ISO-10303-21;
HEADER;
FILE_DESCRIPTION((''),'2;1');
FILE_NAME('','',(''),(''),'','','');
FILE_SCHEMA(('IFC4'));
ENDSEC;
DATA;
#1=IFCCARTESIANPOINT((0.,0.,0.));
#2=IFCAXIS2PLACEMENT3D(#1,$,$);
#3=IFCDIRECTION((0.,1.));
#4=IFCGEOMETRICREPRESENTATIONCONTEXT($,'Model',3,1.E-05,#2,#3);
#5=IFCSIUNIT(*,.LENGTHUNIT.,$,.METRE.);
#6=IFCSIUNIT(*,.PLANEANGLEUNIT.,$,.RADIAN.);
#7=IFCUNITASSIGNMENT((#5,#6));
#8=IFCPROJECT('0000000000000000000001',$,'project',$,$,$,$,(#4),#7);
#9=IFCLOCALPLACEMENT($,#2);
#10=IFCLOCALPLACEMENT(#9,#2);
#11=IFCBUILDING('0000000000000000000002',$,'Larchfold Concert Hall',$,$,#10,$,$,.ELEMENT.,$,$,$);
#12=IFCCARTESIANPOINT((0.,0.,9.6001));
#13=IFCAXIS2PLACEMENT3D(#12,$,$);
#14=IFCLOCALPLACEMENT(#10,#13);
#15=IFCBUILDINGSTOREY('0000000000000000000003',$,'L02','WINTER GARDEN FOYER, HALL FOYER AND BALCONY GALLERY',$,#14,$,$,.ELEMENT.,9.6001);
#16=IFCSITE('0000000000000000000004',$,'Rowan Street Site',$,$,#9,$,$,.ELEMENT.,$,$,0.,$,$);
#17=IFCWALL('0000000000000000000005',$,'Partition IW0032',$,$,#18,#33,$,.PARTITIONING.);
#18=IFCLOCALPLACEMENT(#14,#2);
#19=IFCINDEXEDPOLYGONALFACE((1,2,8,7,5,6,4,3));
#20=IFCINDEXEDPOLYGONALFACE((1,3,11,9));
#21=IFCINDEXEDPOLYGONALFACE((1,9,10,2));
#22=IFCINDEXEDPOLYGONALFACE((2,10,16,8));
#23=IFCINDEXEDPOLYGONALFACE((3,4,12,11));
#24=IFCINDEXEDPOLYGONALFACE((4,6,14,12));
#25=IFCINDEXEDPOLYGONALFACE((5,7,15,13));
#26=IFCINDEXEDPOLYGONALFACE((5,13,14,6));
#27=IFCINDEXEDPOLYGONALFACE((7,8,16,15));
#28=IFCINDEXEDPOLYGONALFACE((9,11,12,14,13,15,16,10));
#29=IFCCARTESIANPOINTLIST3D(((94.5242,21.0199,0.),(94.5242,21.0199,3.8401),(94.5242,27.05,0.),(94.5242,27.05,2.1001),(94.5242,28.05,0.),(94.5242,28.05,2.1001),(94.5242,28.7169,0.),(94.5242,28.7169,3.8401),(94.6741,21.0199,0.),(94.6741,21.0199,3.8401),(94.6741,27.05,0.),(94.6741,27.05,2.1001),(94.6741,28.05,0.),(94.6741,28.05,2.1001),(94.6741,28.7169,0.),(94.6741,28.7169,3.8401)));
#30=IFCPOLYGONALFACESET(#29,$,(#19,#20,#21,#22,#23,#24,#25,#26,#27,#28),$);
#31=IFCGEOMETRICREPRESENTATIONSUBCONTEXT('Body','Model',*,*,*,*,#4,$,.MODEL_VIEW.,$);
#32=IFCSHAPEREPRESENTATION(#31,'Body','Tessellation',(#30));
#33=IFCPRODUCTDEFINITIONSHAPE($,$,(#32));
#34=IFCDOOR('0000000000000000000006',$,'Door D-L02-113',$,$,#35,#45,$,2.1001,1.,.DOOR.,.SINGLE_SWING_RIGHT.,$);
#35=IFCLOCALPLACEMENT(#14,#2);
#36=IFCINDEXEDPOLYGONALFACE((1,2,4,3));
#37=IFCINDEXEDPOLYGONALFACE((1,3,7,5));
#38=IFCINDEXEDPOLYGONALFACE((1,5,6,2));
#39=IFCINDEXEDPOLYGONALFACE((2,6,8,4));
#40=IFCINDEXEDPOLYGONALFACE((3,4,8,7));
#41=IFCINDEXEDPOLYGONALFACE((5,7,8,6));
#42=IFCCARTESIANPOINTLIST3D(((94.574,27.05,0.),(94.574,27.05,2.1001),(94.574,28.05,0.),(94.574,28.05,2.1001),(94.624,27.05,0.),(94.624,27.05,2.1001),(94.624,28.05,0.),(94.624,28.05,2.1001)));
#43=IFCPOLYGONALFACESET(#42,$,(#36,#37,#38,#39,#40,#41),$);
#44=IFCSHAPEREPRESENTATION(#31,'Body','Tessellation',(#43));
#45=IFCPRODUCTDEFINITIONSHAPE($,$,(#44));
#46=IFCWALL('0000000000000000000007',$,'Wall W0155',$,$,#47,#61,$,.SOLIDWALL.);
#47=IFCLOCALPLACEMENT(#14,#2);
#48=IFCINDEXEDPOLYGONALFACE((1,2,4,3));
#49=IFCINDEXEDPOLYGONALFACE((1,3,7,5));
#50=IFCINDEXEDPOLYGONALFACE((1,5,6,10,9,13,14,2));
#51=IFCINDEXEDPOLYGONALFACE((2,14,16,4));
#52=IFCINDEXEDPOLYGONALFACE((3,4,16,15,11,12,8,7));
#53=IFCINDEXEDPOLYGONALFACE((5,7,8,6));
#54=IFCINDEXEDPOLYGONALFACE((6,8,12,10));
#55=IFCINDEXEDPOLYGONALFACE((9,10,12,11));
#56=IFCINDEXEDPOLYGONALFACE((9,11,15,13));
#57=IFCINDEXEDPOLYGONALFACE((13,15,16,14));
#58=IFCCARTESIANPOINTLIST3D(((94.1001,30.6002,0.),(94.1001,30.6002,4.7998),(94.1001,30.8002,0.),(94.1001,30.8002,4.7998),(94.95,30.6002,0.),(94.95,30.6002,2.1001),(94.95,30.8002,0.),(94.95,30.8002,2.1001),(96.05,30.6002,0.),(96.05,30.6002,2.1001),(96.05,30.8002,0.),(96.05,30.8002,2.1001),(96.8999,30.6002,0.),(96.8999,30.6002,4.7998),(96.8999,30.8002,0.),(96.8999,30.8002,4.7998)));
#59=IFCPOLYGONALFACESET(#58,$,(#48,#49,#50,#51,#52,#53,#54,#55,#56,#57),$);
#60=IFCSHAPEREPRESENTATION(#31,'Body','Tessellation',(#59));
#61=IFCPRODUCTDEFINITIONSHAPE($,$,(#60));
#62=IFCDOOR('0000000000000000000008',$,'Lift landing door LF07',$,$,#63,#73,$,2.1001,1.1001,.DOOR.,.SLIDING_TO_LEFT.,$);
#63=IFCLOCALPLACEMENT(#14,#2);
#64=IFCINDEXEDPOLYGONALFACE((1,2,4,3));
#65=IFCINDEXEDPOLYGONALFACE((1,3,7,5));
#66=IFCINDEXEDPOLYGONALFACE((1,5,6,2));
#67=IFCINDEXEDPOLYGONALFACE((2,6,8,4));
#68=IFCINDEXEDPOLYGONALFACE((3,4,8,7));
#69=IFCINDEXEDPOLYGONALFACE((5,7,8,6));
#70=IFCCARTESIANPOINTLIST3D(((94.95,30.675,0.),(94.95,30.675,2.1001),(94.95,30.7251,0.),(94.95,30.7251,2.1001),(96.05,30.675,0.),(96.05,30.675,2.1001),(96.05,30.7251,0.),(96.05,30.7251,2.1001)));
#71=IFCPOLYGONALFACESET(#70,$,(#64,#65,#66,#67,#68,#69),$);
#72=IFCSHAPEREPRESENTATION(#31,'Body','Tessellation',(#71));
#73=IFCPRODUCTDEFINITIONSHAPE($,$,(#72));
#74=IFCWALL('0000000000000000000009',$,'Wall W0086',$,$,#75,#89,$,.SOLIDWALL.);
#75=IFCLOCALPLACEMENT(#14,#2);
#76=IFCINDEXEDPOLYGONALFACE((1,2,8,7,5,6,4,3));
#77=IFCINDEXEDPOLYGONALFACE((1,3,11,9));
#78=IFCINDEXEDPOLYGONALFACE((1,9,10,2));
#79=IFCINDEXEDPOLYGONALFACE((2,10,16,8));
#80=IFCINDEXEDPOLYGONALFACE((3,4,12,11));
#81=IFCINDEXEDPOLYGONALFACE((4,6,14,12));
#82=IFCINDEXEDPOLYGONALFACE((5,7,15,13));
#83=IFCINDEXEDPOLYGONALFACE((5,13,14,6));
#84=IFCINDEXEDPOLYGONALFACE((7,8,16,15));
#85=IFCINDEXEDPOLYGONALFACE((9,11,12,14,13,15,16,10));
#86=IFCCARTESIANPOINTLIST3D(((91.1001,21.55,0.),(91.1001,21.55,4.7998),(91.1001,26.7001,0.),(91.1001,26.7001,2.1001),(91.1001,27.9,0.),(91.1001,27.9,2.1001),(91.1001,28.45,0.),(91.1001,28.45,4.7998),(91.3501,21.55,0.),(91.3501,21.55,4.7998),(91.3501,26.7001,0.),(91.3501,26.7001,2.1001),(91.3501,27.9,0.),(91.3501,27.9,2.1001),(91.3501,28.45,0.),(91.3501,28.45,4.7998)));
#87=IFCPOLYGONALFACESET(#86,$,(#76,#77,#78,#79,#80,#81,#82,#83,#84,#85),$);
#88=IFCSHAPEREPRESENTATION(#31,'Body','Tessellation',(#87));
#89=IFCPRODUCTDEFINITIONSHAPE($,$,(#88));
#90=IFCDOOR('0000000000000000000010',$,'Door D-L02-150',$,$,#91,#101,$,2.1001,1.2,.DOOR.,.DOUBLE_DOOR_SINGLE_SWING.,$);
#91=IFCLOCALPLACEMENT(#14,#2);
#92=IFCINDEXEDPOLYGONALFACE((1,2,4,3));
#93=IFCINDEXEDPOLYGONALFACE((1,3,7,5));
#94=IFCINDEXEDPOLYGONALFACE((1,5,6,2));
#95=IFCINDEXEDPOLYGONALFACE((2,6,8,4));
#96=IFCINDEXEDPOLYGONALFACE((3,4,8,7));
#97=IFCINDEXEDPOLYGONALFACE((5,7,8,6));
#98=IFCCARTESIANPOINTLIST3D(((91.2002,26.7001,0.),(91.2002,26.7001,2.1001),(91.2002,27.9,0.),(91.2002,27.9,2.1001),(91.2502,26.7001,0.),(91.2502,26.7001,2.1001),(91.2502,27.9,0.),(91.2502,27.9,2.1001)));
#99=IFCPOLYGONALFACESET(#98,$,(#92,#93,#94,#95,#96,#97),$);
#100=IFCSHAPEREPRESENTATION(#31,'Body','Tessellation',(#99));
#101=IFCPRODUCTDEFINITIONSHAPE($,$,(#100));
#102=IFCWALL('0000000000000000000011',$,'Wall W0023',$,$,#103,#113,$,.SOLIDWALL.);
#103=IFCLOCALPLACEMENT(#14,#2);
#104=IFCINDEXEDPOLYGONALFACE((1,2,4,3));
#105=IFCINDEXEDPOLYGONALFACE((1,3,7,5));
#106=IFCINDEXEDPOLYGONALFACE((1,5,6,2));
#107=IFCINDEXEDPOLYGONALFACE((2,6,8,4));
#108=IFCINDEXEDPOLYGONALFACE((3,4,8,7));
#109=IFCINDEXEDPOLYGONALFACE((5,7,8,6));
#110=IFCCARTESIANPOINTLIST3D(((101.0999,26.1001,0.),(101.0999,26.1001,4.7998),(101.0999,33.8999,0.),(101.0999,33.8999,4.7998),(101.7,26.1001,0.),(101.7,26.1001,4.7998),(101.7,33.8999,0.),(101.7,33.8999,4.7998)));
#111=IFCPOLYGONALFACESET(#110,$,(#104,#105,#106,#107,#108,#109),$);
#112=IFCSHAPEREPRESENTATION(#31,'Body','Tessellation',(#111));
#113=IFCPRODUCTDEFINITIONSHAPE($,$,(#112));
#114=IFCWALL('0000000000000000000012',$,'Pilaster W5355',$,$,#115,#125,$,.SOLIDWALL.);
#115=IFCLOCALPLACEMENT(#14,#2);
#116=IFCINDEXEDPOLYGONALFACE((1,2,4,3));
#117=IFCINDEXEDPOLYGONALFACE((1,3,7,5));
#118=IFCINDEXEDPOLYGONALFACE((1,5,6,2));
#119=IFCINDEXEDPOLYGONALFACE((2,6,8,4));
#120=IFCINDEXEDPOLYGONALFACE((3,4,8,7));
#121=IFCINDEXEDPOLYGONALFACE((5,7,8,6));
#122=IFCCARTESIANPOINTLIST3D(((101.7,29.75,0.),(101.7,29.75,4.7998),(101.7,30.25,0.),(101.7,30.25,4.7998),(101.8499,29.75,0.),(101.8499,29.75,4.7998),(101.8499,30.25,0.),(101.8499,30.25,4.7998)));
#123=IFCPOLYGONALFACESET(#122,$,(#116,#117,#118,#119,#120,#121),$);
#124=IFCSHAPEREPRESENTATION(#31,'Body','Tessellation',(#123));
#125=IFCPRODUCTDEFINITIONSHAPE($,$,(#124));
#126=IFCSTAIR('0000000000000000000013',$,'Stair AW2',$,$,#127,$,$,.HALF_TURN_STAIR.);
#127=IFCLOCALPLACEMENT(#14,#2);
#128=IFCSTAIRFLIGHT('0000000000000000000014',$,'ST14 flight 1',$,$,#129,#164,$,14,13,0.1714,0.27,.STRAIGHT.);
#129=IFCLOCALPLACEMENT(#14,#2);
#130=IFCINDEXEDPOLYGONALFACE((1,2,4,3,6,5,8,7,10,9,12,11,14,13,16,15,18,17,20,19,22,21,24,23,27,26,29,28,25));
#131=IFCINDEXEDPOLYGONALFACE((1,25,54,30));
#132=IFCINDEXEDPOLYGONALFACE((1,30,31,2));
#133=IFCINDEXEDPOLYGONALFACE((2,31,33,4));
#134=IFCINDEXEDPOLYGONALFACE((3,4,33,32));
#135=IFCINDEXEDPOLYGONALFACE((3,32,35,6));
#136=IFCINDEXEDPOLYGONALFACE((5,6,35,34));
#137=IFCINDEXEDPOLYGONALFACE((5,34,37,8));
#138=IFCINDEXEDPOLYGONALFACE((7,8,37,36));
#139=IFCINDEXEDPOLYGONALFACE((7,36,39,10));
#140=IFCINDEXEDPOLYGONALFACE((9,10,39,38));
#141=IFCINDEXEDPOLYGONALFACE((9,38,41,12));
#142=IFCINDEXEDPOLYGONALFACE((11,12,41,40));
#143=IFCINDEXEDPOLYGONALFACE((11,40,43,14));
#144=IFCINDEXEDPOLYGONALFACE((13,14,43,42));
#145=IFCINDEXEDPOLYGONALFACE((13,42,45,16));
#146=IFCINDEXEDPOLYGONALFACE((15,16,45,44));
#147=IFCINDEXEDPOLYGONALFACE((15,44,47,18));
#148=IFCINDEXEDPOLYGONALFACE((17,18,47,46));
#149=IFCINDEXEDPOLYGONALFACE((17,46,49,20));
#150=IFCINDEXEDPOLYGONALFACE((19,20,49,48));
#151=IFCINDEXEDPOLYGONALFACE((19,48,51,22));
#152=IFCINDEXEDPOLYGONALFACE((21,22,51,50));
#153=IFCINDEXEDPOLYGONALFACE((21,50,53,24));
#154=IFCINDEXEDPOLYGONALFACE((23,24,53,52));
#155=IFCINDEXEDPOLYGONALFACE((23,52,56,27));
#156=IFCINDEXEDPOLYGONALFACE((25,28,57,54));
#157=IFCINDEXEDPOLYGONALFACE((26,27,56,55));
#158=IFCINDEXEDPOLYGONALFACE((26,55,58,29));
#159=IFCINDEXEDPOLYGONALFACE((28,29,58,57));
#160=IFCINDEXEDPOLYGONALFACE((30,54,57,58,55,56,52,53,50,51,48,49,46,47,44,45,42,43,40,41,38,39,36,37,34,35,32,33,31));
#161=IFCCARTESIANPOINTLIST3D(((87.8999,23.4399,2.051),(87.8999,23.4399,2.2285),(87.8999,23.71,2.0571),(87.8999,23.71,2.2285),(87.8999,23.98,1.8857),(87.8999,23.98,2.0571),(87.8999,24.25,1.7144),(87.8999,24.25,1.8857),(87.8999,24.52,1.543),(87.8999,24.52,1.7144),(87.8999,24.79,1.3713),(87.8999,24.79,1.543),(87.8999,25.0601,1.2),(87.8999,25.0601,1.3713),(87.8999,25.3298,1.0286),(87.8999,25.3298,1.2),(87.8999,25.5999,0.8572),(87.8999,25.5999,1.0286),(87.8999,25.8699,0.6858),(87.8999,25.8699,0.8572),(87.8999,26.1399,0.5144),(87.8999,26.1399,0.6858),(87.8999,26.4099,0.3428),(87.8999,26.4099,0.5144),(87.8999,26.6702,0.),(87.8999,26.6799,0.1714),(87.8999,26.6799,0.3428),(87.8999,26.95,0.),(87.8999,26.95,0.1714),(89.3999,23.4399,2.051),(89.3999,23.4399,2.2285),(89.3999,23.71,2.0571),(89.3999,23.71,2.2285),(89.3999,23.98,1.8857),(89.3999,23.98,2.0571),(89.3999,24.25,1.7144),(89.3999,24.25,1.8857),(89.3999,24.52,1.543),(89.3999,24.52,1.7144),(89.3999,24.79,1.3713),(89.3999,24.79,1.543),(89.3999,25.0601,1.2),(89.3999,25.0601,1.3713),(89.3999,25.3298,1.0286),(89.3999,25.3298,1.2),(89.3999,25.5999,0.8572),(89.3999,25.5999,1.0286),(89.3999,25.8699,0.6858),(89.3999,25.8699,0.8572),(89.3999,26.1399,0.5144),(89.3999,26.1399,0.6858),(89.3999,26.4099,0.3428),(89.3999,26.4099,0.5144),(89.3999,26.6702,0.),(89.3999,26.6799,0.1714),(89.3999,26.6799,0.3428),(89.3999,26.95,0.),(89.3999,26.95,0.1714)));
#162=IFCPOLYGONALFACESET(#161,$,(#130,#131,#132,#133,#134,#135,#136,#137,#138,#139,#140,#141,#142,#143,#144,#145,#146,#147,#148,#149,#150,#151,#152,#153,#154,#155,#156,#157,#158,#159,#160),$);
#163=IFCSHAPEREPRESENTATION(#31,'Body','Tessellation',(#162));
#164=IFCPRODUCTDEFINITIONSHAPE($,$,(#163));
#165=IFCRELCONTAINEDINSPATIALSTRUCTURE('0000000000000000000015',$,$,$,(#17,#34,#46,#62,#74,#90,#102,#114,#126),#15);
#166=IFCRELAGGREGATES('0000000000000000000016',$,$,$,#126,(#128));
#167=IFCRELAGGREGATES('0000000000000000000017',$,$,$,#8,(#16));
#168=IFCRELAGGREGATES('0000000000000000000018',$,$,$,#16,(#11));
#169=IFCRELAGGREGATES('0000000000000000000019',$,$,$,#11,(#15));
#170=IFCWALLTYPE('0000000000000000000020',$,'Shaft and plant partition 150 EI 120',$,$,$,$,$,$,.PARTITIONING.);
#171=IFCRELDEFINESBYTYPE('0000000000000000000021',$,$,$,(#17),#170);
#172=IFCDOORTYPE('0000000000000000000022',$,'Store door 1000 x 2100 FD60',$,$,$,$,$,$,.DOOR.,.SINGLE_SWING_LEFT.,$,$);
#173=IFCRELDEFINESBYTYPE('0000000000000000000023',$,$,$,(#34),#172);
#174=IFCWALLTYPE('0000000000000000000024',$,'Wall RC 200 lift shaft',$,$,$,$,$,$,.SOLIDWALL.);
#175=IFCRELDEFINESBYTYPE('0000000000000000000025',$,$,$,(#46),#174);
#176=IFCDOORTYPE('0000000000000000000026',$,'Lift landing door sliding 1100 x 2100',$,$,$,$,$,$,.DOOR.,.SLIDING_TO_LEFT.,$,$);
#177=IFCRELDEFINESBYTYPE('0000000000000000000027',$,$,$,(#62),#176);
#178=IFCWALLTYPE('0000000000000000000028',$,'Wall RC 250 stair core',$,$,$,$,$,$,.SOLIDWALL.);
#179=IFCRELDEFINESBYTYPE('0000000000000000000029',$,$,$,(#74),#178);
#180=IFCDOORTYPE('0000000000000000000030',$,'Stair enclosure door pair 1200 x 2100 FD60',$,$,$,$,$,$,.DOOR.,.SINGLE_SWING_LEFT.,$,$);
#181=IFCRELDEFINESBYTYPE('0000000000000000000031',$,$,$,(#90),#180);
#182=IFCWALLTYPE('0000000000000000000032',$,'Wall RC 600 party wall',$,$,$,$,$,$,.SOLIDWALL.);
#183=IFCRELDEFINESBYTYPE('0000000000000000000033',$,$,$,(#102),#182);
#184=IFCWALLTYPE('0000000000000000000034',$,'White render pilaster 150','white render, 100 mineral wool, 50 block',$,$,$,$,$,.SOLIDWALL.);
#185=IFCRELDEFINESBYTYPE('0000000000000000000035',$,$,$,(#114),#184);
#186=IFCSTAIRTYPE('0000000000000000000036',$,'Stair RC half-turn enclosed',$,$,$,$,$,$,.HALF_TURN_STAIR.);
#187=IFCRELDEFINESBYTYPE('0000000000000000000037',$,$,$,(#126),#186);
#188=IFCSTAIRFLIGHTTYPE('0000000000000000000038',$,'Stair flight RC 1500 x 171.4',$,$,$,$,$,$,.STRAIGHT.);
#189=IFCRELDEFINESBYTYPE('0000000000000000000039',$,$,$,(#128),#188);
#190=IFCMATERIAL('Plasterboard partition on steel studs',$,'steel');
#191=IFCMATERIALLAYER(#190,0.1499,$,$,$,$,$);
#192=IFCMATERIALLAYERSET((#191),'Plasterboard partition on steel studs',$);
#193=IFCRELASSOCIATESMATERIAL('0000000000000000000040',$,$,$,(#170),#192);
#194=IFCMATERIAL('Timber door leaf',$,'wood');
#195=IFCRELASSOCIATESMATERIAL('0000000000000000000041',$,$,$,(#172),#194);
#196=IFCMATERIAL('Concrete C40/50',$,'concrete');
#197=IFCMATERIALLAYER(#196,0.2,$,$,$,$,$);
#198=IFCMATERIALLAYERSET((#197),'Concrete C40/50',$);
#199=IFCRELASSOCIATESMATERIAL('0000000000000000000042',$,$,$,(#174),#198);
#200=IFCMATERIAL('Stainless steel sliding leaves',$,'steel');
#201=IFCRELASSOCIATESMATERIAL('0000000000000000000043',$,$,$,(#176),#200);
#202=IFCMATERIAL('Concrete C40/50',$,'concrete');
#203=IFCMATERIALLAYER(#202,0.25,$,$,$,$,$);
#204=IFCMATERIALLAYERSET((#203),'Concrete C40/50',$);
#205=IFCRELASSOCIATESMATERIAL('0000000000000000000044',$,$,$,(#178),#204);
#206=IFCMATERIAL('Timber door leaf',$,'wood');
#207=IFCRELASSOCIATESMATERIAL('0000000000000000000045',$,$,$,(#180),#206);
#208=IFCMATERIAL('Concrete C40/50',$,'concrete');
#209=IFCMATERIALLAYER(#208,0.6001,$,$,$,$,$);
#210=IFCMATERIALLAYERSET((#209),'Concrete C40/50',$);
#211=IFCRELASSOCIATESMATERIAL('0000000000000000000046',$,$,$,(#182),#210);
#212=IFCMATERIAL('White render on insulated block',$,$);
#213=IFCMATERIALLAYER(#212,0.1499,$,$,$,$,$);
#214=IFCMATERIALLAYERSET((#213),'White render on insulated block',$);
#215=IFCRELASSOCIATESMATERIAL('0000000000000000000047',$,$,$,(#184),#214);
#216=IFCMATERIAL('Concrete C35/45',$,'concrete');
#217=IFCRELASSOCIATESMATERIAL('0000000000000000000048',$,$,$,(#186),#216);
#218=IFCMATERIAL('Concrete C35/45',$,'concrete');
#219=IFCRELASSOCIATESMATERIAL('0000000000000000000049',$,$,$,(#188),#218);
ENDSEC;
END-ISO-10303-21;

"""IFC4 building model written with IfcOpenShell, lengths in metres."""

from ifc_helpers import new_model, si_unit, direction, frame, frame_2d, origin, place, context, subcontext, project, spatial, polyline, rectangle, outline, extrude, material, layer, layer_set, type_object, element, fill, aggregate, save


model = new_model("IFC4")

# Units and contexts
model_context = context("Model", 3, precision=1e-05, world=origin(), true_north=direction((0.0, 1.0)))
body_context = subcontext(model_context, "Body", "Model", "MODEL_VIEW")
ifc_project = project(units=[si_unit("LENGTHUNIT", "METRE"), si_unit("PLANEANGLEUNIT", "RADIAN")], contexts=[model_context])

# Site, building, storey
site_placement = place(None, origin())
site = spatial("IfcSite", under=ifc_project, at=site_placement, Name="Rowan Street Site", CompositionType="ELEMENT", RefElevation=0.0)
building_placement = place(site_placement, origin())
building = spatial("IfcBuilding", under=site, at=building_placement, Name="Larchfold Concert Hall", CompositionType="ELEMENT")
storey_placement = place(building_placement, frame((0.0, 0.0, 9.6001)))
storey = spatial("IfcBuildingStorey", under=building, at=storey_placement, Name="L02", Description="WINTER GARDEN FOYER, HALL FOYER AND BALCONY GALLERY", CompositionType="ELEMENT", Elevation=9.6001)

# Shared definitions
ifc_material_1 = material(Name="Plasterboard partition on steel studs", Category="steel")
ifc_layer_1 = layer(ifc_material_1, 0.1499)
ifc_layer_set_1 = layer_set([ifc_layer_1], Name="Plasterboard partition on steel studs")
wall_type_1 = type_object("IfcWallType", Name="Shaft and plant partition 150 EI 120", PredefinedType="PARTITIONING", material=ifc_layer_set_1)

# Walls, openings, doors
wall_1_placement = place(storey_placement, frame((94.5991, 28.717, 0.0), z_axis=(0.0, 0.0, 1.0), x_axis=(0.0, -1.0, 0.0)))
wall_1 = element("IfcWall", 1, at=wall_1_placement, inside=storey, type_object=wall_type_1, Name="Partition IW0032", PredefinedType="PARTITIONING", context=body_context, shape_type="SweptSolid", body=[
    extrude(rectangle(XDim=7.697, YDim=0.1499, at=frame_2d((3.8486, 0.0))), origin(), (0.0, 0.0, 1.0), 3.8401),
])
opening_1_placement = place(wall_1_placement, frame((0.667, 0.0, 0.0)))
opening_1 = element("IfcOpeningElement", 2, at=opening_1_placement, cuts=wall_1, PredefinedType="OPENING", context=body_context, shape_type="SweptSolid", body=[
    extrude(rectangle(XDim=1.0, YDim=2.1001, at=frame_2d((0.5, 1.05))), frame((0.0, 0.085, 0.0), z_axis=(0.0, -1.0, 0.0), x_axis=(1.0, 0.0, 0.0)), (0.0, 0.0, 1.0), 0.1699),
])
ifc_material_2 = material(Name="Timber door leaf", Category="wood")
door_type_1 = type_object("IfcDoorType", Name="Store door 1000 x 2100 FD60", OperationType="SINGLE_SWING_LEFT", PredefinedType="DOOR", material=ifc_material_2)
door_1_placement = place(opening_1_placement, origin())
door_1 = element("IfcDoor", 3, at=door_1_placement, inside=storey, type_object=door_type_1, Name="Door D-L02-113", OperationType="SINGLE_SWING_RIGHT", OverallHeight=2.1001, OverallWidth=1.0, PredefinedType="DOOR", context=body_context, shape_type="SweptSolid", body=[
    extrude(rectangle(XDim=1.0, YDim=2.1001, at=frame_2d((0.5, 1.05))), frame((0.0, 0.0249, 0.0), z_axis=(0.0, -1.0, 0.0), x_axis=(1.0, 0.0, 0.0)), (0.0, 0.0, 1.0), 0.05),
])
fill(opening_1, door_1)
ifc_material_3 = material(Name="Concrete C40/50", Category="concrete")
ifc_layer_2 = layer(ifc_material_3, 0.2)
ifc_layer_set_2 = layer_set([ifc_layer_2], Name="Concrete C40/50")
wall_type_2 = type_object("IfcWallType", Name="Wall RC 200 lift shaft", PredefinedType="SOLIDWALL", material=ifc_layer_set_2)
wall_2_placement = place(storey_placement, frame((94.1001, 30.7002, 0.0), z_axis=(0.0, 0.0, 1.0), x_axis=(1.0, 0.0, 0.0)))
wall_2 = element("IfcWall", 4, at=wall_2_placement, inside=storey, type_object=wall_type_2, Name="Wall W0155", PredefinedType="SOLIDWALL", context=body_context, shape_type="SweptSolid", body=[
    extrude(rectangle(XDim=2.7998, YDim=0.2, at=frame_2d((1.3999, 0.0))), origin(), (0.0, 0.0, 1.0), 4.7998),
])
opening_2_placement = place(wall_2_placement, frame((0.8499, 0.0, 0.0)))
opening_2 = element("IfcOpeningElement", 5, at=opening_2_placement, cuts=wall_2, PredefinedType="OPENING", context=body_context, shape_type="SweptSolid", body=[
    extrude(rectangle(XDim=1.1001, YDim=2.1001, at=frame_2d((0.55, 1.05))), frame((0.0, 0.1099, 0.0), z_axis=(0.0, -1.0, 0.0), x_axis=(1.0, 0.0, 0.0)), (0.0, 0.0, 1.0), 0.22),
])
ifc_material_4 = material(Name="Stainless steel sliding leaves", Category="steel")
door_type_2 = type_object("IfcDoorType", Name="Lift landing door sliding 1100 x 2100", OperationType="SLIDING_TO_LEFT", PredefinedType="DOOR", material=ifc_material_4)
door_2_placement = place(opening_2_placement, origin())
door_2 = element("IfcDoor", 6, at=door_2_placement, inside=storey, type_object=door_type_2, Name="Lift landing door LF07", OperationType="SLIDING_TO_LEFT", OverallHeight=2.1001, OverallWidth=1.1001, PredefinedType="DOOR", context=body_context, shape_type="SweptSolid", body=[
    extrude(rectangle(XDim=1.1001, YDim=2.1001, at=frame_2d((0.55, 1.05))), frame((0.0, 0.0249, 0.0), z_axis=(0.0, -1.0, 0.0), x_axis=(1.0, 0.0, 0.0)), (0.0, 0.0, 1.0), 0.05),
])
fill(opening_2, door_2)
ifc_material_5 = material(Name="Concrete C40/50", Category="concrete")
ifc_layer_3 = layer(ifc_material_5, 0.25)
ifc_layer_set_3 = layer_set([ifc_layer_3], Name="Concrete C40/50")
wall_type_3 = type_object("IfcWallType", Name="Wall RC 250 stair core", PredefinedType="SOLIDWALL", material=ifc_layer_set_3)
wall_3_placement = place(storey_placement, frame((91.2251, 21.55, 0.0), z_axis=(0.0, 0.0, 1.0), x_axis=(0.0, 1.0, 0.0)))
wall_3 = element("IfcWall", 7, at=wall_3_placement, inside=storey, type_object=wall_type_3, Name="Wall W0086", PredefinedType="SOLIDWALL", context=body_context, shape_type="SweptSolid", body=[
    extrude(rectangle(XDim=6.8999, YDim=0.25, at=frame_2d((3.45, 0.0))), origin(), (0.0, 0.0, 1.0), 4.7998),
])
opening_3_placement = place(wall_3_placement, frame((5.1499, 0.0, 0.0)))
opening_3 = element("IfcOpeningElement", 8, at=opening_3_placement, cuts=wall_3, PredefinedType="OPENING", context=body_context, shape_type="SweptSolid", body=[
    extrude(rectangle(XDim=1.2, YDim=2.1001, at=frame_2d((0.6001, 1.05))), frame((0.0, 0.135, 0.0), z_axis=(0.0, -1.0, 0.0), x_axis=(1.0, 0.0, 0.0)), (0.0, 0.0, 1.0), 0.27),
])
ifc_material_6 = material(Name="Timber door leaf", Category="wood")
door_type_3 = type_object("IfcDoorType", Name="Stair enclosure door pair 1200 x 2100 FD60", OperationType="SINGLE_SWING_LEFT", PredefinedType="DOOR", material=ifc_material_6)
door_3_placement = place(opening_3_placement, origin())
door_3 = element("IfcDoor", 9, at=door_3_placement, inside=storey, type_object=door_type_3, Name="Door D-L02-150", OperationType="DOUBLE_DOOR_SINGLE_SWING", OverallHeight=2.1001, OverallWidth=1.2, PredefinedType="DOOR", context=body_context, shape_type="SweptSolid", body=[
    extrude(rectangle(XDim=1.2, YDim=2.1001, at=frame_2d((0.6001, 1.05))), frame((0.0, 0.0249, 0.0), z_axis=(0.0, -1.0, 0.0), x_axis=(1.0, 0.0, 0.0)), (0.0, 0.0, 1.0), 0.05),
])
fill(opening_3, door_3)

# Walls
ifc_material_7 = material(Name="Concrete C40/50", Category="concrete")
ifc_layer_4 = layer(ifc_material_7, 0.6001)
ifc_layer_set_4 = layer_set([ifc_layer_4], Name="Concrete C40/50")
wall_type_4 = type_object("IfcWallType", Name="Wall RC 600 party wall", PredefinedType="SOLIDWALL", material=ifc_layer_set_4)
wall_4_placement = place(storey_placement, frame((101.3999, 26.1001, 0.0), z_axis=(0.0, 0.0, 1.0), x_axis=(0.0, 1.0, 0.0)))
element("IfcWall", 10, at=wall_4_placement, inside=storey, type_object=wall_type_4, Name="Wall W0023", PredefinedType="SOLIDWALL", context=body_context, shape_type="SweptSolid", body=[
    extrude(rectangle(XDim=7.7998, YDim=0.6001, at=frame_2d((3.8999, 0.0))), origin(), (0.0, 0.0, 1.0), 4.7998),
])
ifc_material_8 = material(Name="White render on insulated block")
ifc_layer_5 = layer(ifc_material_8, 0.1499)
ifc_layer_set_5 = layer_set([ifc_layer_5], Name="White render on insulated block")
wall_type_5 = type_object("IfcWallType", Name="White render pilaster 150", Description="white render, 100 mineral wool, 50 block", PredefinedType="SOLIDWALL", material=ifc_layer_set_5)
wall_5_placement = place(storey_placement, frame((101.7749, 29.75, 0.0), z_axis=(0.0, 0.0, 1.0), x_axis=(0.0, 1.0, 0.0)))
element("IfcWall", 11, at=wall_5_placement, inside=storey, type_object=wall_type_5, Name="Pilaster W5355", PredefinedType="SOLIDWALL", context=body_context, shape_type="SweptSolid", body=[
    extrude(rectangle(XDim=0.5, YDim=0.1499, at=frame_2d((0.25, 0.0))), origin(), (0.0, 0.0, 1.0), 4.7998),
])

# Stair, stair flight
ifc_material_9 = material(Name="Concrete C35/45", Category="concrete")
stair_type = type_object("IfcStairType", Name="Stair RC half-turn enclosed", PredefinedType="HALF_TURN_STAIR", material=ifc_material_9)
stair_placement = place(storey_placement, origin())
stair = element("IfcStair", 12, at=stair_placement, inside=storey, type_object=stair_type, Name="Stair AW2", PredefinedType="HALF_TURN_STAIR")
ifc_material_10 = material(Name="Concrete C35/45", Category="concrete")
stair_flight_type = type_object("IfcStairFlightType", Name="Stair flight RC 1500 x 171.4", PredefinedType="STRAIGHT", material=ifc_material_10)
stair_flight_1_placement = place(storey_placement, frame((88.6499, 26.95, 0.0), z_axis=(0.0, 0.0, 1.0), x_axis=(0.0, -1.0, 0.0)))
stair_flight_1 = element("IfcStairFlight", 13, at=stair_flight_1_placement, type_object=stair_flight_type, Name="ST14 flight 1", NumberOfRisers=14, NumberOfTreads=13, PredefinedType="STRAIGHT", RiserHeight=0.1714, TreadLength=0.27, context=body_context, shape_type="SweptSolid", body=[
    extrude(outline(polyline([(0.0, 0.0), (0.0, 0.1714), (0.27, 0.1714), (0.27, 0.3428), (0.54, 0.3428), (0.54, 0.5144), (0.8101, 0.5144), (0.8101, 0.6858), (1.0801, 0.6858), (1.0801, 0.8572), (1.3501, 0.8572), (1.3501, 1.0286), (1.6201, 1.0286), (1.6201, 1.2), (1.8899, 1.2), (1.8899, 1.3713), (2.1599, 1.3713), (2.1599, 1.543), (2.4299, 1.543), (2.4299, 1.7144), (2.7, 1.7144), (2.7, 1.8857), (2.97, 1.8857), (2.97, 2.0571), (3.24, 2.0571), (3.24, 2.2285), (3.51, 2.2285), (3.51, 2.3999), (3.51, 2.051), (0.2798, 0.0), (0.0, 0.0)])), frame((0.0, 0.75, 0.0), z_axis=(0.0, -1.0, 0.0), x_axis=(1.0, 0.0, 0.0)), (0.0, 0.0, 1.0), 1.5),
])
aggregate(stair, [stair_flight_1])

save(model, "model.ifc")
